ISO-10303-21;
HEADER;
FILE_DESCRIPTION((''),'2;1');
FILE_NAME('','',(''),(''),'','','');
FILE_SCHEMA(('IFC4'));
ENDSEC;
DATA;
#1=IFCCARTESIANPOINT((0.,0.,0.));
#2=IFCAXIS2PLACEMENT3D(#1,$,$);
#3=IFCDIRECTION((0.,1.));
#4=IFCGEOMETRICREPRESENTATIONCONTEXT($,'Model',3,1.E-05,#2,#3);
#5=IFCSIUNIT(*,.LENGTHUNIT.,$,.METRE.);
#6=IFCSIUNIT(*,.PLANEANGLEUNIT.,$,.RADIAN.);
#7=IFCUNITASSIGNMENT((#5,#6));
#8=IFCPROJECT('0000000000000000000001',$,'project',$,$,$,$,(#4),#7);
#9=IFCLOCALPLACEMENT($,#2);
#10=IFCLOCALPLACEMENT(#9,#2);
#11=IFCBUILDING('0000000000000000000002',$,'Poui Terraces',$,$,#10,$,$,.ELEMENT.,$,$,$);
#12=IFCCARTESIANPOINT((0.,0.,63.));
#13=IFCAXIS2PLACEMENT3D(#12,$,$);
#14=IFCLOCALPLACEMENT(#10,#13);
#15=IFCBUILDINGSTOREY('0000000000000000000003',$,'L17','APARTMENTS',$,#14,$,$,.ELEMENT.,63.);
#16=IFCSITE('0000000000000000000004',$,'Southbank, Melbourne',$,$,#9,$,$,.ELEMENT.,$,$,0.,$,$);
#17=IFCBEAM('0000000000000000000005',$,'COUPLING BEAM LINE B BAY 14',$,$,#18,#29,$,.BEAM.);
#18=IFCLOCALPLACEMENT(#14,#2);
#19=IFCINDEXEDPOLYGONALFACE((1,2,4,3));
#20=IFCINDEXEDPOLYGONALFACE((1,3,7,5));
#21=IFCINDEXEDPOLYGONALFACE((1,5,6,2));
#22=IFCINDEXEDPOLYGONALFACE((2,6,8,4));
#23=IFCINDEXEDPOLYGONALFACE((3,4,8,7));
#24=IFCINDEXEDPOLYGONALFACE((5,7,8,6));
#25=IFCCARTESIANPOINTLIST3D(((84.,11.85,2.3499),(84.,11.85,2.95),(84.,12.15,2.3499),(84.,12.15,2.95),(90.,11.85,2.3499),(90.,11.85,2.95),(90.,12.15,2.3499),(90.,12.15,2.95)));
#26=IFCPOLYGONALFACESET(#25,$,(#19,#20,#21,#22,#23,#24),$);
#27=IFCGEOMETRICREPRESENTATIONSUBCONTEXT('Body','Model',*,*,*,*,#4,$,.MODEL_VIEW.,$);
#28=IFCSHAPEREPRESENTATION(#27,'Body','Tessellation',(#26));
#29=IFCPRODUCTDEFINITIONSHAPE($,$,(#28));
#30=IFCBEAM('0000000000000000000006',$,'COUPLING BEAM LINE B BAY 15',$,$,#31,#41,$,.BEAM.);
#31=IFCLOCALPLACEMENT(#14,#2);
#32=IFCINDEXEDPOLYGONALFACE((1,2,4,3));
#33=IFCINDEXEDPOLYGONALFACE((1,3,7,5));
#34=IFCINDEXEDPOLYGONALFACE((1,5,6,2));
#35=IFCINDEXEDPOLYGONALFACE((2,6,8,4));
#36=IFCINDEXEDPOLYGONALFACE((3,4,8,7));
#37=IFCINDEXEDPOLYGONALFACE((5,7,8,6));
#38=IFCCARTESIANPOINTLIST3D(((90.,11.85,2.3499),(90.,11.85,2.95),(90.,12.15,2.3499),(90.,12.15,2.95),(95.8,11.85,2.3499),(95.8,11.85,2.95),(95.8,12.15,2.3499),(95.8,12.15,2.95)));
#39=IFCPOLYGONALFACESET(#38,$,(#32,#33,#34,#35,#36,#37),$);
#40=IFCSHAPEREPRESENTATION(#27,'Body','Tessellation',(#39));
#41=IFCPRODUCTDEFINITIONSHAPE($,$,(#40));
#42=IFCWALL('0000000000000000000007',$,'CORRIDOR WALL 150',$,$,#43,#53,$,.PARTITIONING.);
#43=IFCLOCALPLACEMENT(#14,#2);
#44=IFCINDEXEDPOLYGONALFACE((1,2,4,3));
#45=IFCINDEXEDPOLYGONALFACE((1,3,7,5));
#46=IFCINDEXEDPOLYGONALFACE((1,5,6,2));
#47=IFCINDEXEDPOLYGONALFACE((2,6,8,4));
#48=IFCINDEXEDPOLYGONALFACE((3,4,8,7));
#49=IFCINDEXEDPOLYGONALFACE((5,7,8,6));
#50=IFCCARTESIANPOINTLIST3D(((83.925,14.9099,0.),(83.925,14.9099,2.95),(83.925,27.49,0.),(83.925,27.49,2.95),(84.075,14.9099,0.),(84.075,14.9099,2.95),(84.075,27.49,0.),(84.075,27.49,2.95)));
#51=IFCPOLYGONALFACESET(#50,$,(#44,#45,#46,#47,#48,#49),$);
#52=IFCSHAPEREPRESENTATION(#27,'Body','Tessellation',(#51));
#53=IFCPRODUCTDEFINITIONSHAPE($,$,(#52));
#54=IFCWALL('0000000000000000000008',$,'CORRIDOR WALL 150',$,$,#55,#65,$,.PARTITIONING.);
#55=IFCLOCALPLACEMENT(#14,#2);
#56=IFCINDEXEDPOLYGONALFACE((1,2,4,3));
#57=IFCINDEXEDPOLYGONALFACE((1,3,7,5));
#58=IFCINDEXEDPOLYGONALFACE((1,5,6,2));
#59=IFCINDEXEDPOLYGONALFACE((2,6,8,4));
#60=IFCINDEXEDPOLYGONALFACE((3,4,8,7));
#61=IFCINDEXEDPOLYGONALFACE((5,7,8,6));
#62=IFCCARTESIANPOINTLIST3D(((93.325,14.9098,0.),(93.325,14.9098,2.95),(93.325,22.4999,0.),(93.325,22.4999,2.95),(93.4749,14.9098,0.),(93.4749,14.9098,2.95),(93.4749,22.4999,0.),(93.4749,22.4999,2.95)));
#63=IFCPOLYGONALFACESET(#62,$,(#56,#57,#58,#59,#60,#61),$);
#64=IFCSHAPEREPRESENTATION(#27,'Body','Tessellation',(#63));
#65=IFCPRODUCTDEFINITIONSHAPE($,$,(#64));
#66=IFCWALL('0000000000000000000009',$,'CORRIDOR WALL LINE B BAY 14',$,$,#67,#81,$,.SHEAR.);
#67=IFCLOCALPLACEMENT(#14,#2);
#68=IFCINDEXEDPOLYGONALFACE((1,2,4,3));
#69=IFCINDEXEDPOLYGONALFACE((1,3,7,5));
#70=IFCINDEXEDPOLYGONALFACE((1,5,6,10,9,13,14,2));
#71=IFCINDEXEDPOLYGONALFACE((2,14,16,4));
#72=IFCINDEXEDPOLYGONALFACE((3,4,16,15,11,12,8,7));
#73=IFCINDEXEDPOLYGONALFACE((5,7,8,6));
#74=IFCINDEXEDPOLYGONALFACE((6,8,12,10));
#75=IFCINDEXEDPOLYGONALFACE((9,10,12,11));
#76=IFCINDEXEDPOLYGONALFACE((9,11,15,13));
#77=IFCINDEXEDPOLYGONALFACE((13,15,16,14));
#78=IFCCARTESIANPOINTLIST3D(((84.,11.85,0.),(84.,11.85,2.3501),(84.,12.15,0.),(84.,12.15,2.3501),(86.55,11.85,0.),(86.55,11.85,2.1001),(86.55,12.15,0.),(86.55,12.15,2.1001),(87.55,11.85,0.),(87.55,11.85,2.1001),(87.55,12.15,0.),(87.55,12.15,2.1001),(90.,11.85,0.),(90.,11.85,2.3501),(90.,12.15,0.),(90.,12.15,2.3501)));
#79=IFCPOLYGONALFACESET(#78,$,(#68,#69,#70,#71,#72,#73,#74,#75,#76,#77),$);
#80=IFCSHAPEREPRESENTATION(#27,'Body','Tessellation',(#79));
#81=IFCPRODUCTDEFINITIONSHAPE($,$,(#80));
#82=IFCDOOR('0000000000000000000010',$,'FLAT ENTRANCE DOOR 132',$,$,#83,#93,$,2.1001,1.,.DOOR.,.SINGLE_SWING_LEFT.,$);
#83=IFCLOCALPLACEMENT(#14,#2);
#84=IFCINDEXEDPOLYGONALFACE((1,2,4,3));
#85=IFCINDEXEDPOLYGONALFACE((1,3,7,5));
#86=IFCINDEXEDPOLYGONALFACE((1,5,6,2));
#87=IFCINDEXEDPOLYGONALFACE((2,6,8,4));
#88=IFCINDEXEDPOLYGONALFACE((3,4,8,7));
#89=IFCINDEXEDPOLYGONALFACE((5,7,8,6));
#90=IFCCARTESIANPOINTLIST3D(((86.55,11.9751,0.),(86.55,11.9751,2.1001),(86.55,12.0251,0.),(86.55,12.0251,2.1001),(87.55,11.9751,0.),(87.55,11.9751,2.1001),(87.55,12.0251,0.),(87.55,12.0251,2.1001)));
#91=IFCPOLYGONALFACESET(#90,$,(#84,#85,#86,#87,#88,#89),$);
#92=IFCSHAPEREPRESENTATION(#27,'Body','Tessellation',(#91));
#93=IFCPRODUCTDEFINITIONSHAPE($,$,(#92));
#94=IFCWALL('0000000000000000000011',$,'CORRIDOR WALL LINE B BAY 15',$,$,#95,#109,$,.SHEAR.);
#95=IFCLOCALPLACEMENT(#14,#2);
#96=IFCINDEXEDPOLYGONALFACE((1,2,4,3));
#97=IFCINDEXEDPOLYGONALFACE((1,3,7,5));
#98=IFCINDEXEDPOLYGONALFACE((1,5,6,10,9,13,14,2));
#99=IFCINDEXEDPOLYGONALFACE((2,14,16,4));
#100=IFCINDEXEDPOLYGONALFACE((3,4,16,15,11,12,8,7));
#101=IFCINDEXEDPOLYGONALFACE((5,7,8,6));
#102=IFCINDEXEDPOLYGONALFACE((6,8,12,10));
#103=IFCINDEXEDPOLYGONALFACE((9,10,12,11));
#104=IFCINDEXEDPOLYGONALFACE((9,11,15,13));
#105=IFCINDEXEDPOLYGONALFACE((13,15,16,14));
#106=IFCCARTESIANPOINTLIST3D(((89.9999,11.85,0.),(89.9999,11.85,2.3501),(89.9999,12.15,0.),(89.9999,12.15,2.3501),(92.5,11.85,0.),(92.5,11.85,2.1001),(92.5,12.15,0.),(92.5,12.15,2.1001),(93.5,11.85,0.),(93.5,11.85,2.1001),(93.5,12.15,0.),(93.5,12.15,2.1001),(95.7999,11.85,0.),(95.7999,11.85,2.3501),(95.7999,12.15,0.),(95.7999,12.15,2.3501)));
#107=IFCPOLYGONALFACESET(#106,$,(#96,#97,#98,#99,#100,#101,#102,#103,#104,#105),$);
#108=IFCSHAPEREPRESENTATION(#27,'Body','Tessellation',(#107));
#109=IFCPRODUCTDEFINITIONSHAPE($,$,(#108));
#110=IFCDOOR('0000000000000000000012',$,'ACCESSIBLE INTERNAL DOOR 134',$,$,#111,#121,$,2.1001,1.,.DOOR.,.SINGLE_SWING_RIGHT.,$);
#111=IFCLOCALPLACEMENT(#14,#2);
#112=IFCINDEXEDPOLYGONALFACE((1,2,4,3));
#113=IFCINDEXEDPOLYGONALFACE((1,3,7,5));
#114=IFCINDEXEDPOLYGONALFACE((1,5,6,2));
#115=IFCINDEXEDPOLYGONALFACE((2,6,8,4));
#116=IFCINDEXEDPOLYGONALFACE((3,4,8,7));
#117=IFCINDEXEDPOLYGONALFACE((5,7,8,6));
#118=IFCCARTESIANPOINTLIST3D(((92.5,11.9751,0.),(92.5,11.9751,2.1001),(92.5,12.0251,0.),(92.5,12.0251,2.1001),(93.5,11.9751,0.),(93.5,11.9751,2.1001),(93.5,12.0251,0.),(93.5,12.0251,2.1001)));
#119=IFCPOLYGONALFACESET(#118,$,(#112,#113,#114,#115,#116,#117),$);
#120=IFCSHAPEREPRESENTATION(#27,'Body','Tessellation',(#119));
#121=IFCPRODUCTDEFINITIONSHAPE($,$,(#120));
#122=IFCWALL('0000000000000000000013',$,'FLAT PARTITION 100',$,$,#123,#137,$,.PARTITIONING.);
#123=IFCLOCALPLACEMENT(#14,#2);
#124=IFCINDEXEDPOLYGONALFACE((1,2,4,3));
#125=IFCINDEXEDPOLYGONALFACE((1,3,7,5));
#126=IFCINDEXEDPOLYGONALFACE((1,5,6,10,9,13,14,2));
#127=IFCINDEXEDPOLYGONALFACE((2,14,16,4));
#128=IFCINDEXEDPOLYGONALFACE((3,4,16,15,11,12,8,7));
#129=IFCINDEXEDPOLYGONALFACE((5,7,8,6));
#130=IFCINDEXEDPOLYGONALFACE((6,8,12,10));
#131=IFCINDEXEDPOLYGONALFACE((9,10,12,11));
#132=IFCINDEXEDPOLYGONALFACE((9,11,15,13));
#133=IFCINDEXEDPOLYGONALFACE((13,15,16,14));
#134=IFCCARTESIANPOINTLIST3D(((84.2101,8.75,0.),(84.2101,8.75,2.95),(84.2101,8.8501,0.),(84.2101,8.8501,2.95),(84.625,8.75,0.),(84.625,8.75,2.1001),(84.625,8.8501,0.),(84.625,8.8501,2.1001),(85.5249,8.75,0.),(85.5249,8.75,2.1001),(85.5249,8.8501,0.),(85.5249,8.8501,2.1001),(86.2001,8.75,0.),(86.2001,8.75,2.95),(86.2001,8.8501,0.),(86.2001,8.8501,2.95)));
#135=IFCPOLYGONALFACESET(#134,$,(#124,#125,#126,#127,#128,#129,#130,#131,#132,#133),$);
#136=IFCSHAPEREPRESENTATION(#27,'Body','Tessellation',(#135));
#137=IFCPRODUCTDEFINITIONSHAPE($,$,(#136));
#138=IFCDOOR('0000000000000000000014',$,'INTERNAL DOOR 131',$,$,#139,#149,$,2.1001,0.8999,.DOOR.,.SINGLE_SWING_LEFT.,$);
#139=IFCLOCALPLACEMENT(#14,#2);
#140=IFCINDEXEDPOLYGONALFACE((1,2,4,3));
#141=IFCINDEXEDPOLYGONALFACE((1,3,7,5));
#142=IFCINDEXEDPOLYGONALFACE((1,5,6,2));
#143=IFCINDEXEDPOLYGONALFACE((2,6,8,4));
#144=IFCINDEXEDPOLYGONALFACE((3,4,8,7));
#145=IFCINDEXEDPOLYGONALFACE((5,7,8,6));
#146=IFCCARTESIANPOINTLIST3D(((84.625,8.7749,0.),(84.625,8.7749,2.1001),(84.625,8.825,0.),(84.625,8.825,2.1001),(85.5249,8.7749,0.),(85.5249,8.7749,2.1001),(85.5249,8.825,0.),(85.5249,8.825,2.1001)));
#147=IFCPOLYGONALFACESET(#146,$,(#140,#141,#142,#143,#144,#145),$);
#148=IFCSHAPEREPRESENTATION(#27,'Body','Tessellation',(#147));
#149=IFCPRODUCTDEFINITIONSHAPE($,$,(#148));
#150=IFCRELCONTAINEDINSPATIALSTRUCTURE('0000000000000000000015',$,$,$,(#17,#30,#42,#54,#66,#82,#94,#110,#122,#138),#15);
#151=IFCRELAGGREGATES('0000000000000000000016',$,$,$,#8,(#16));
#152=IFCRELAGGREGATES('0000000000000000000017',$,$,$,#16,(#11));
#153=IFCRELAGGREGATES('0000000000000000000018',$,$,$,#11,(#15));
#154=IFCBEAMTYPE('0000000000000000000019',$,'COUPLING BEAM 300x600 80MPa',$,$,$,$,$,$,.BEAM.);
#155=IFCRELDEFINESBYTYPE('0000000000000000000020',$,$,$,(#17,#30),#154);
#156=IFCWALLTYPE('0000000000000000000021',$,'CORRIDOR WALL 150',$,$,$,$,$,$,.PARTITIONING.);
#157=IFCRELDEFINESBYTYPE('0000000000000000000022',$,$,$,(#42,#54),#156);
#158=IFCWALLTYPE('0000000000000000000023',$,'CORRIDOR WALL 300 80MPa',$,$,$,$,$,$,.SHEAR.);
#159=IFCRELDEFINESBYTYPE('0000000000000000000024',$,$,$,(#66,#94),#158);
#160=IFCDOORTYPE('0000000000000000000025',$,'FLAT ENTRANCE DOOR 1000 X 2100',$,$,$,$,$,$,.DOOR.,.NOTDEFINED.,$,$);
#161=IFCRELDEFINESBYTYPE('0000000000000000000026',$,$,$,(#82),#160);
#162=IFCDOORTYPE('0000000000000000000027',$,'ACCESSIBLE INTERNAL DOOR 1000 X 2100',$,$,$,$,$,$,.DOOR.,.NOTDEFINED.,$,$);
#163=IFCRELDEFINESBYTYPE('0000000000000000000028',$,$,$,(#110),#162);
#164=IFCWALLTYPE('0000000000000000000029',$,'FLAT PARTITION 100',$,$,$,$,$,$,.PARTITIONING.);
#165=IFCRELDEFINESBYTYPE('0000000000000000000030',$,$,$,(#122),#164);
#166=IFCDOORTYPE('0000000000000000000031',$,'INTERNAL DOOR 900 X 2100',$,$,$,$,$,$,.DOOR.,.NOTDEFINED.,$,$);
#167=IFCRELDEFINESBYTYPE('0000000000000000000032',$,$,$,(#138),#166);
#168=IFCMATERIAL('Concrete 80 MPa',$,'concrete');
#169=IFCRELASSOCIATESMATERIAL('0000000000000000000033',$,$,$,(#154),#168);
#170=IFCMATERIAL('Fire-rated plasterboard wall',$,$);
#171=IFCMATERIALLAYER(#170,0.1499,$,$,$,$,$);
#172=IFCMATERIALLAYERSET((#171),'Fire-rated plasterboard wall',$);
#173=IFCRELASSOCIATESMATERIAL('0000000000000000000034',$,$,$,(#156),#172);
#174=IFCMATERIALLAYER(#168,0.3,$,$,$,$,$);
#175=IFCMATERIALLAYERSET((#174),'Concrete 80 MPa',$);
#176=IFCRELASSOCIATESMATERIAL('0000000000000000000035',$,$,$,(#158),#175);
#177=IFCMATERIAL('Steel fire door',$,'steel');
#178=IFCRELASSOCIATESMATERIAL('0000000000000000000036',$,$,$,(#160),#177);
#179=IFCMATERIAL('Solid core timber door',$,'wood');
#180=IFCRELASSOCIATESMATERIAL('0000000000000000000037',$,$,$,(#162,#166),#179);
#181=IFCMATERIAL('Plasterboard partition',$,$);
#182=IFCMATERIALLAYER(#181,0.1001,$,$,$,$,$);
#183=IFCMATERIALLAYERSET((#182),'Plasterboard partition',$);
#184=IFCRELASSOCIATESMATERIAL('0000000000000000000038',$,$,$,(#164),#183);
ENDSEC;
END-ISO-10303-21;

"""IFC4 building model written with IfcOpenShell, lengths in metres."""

from ifc_helpers import new_model, si_unit, direction, frame, frame_2d, origin, origin_2d, place, context, subcontext, project, spatial, rectangle, extrude, source, transform, mapped, material, layer, layer_set, material_profile, profile_set, type_object, element, fill, save


model = new_model("IFC4")

# Units and contexts
model_context = context("Model", 3, precision=1e-05, world=origin(), true_north=direction((0.0, 1.0)))
body_context = subcontext(model_context, "Body", "Model", "MODEL_VIEW")
ifc_project = project(units=[si_unit("LENGTHUNIT", "METRE"), si_unit("PLANEANGLEUNIT", "RADIAN")], contexts=[model_context])

# Site, building, storey
site_placement = place(None, origin())
site = spatial("IfcSite", under=ifc_project, at=site_placement, Name="Southbank, Melbourne", CompositionType="ELEMENT", RefElevation=0.0)
building_placement = place(site_placement, origin())
building = spatial("IfcBuilding", under=site, at=building_placement, Name="Poui Terraces", CompositionType="ELEMENT")
storey_placement = place(building_placement, frame((0.0, 0.0, 63.0)))
storey = spatial("IfcBuildingStorey", under=building, at=storey_placement, Name="L17", Description="APARTMENTS", CompositionType="ELEMENT", Elevation=63.0)

# Beams
ifc_material_1 = material(Name="Concrete 80 MPa", Category="concrete")
ifc_material_profile = material_profile(ifc_material_1, rectangle(XDim=0.3, YDim=0.6001, at=origin_2d()), Name="RC 300x600")
ifc_profile_set = profile_set([ifc_material_profile], Name="Concrete 80 MPa")
beam_type = type_object("IfcBeamType", Name="COUPLING BEAM 300x600 80MPa", PredefinedType="BEAM", material=ifc_profile_set)
shared_shape_1 = source(origin(), body_context, "Body", "SweptSolid", [
    extrude(rectangle(XDim=0.3, YDim=0.6001, at=origin_2d()), origin(), (0.0, 0.0, 1.0), 6.0),
])
beam_1_placement = place(storey_placement, frame((84.0, 12.0, 2.6499), z_axis=(1.0, 0.0, 0.0), x_axis=(0.0, 1.0, 0.0)))
element("IfcBeam", 1, at=beam_1_placement, inside=storey, type_object=beam_type, Name="COUPLING BEAM LINE B BAY 14", PredefinedType="BEAM", context=body_context, shape_type="MappedRepresentation", body=[
    mapped(shared_shape_1, transform((0.0, 0.0, 0.0))),
])
shared_shape_2 = source(origin(), body_context, "Body", "SweptSolid", [
    extrude(rectangle(XDim=0.3, YDim=0.6001, at=origin_2d()), origin(), (0.0, 0.0, 1.0), 5.8),
])
beam_2_placement = place(storey_placement, frame((90.0, 12.0, 2.6499), z_axis=(1.0, 0.0, 0.0), x_axis=(0.0, 1.0, 0.0)))
element("IfcBeam", 2, at=beam_2_placement, inside=storey, type_object=beam_type, Name="COUPLING BEAM LINE B BAY 15", PredefinedType="BEAM", context=body_context, shape_type="MappedRepresentation", body=[
    mapped(shared_shape_2, transform((0.0, 0.0, 0.0))),
])

# Walls
ifc_material_2 = material(Name="Fire-rated plasterboard wall")
ifc_layer_1 = layer(ifc_material_2, 0.1499)
ifc_layer_set_1 = layer_set([ifc_layer_1], Name="Fire-rated plasterboard wall")
wall_type_1 = type_object("IfcWallType", Name="CORRIDOR WALL 150", PredefinedType="PARTITIONING", material=ifc_layer_set_1)
wall_1_placement = place(storey_placement, frame((84.0, 14.9099, 0.0), z_axis=(0.0, 0.0, 1.0), x_axis=(0.0, 1.0, 0.0)))
element("IfcWall", 3, at=wall_1_placement, inside=storey, type_object=wall_type_1, Name="CORRIDOR WALL 150", PredefinedType="PARTITIONING", context=body_context, shape_type="SweptSolid", body=[
    extrude(rectangle(XDim=12.5801, YDim=0.1499, at=frame_2d((6.29, 0.0))), origin(), (0.0, 0.0, 1.0), 2.95),
])
wall_2_placement = place(storey_placement, frame((93.3999, 14.9099, 0.0), z_axis=(0.0, 0.0, 1.0), x_axis=(0.0, 1.0, 0.0)))
element("IfcWall", 4, at=wall_2_placement, inside=storey, type_object=wall_type_1, Name="CORRIDOR WALL 150", PredefinedType="PARTITIONING", context=body_context, shape_type="SweptSolid", body=[
    extrude(rectangle(XDim=7.5901, YDim=0.1499, at=frame_2d((3.7949, 0.0))), origin(), (0.0, 0.0, 1.0), 2.95),
])

# Walls, openings, doors
ifc_layer_2 = layer(ifc_material_1, 0.3)
ifc_layer_set_2 = layer_set([ifc_layer_2], Name="Concrete 80 MPa")
wall_type_2 = type_object("IfcWallType", Name="CORRIDOR WALL 300 80MPa", PredefinedType="SHEAR", material=ifc_layer_set_2)
wall_3_placement = place(storey_placement, frame((84.0, 12.0, 0.0), z_axis=(0.0, 0.0, 1.0), x_axis=(1.0, 0.0, 0.0)))
wall_3 = element("IfcWall", 5, at=wall_3_placement, inside=storey, type_object=wall_type_2, Name="CORRIDOR WALL LINE B BAY 14", PredefinedType="SHEAR", context=body_context, shape_type="SweptSolid", body=[
    extrude(rectangle(XDim=6.0, YDim=0.3, at=frame_2d((3.0, 0.0))), origin(), (0.0, 0.0, 1.0), 2.3501),
])
opening_1_placement = place(wall_3_placement, frame((2.55, 0.0, 0.0)))
opening_1 = element("IfcOpeningElement", 6, at=opening_1_placement, cuts=wall_3, PredefinedType="OPENING", context=body_context, shape_type="SweptSolid", body=[
    extrude(rectangle(XDim=1.0, YDim=2.1001, at=frame_2d((0.5, 1.05))), frame((0.0, 0.1602, 0.0), z_axis=(0.0, -1.0, 0.0), x_axis=(1.0, 0.0, 0.0)), (0.0, 0.0, 1.0), 0.3201),
])
ifc_material_3 = material(Name="Steel fire door", Category="steel")
door_type_1 = type_object("IfcDoorType", Name="FLAT ENTRANCE DOOR 1000 X 2100", OperationType="NOTDEFINED", PredefinedType="DOOR", material=ifc_material_3)
door_1_placement = place(opening_1_placement, frame((1.0, 0.0, 0.0), z_axis=(0.0, 0.0, 1.0), x_axis=(-1.0, 0.0, 0.0)))
door_1 = element("IfcDoor", 7, at=door_1_placement, inside=storey, type_object=door_type_1, Name="FLAT ENTRANCE DOOR 132", OperationType="SINGLE_SWING_LEFT", OverallHeight=2.1001, OverallWidth=1.0, PredefinedType="DOOR", context=body_context, shape_type="SweptSolid", body=[
    extrude(rectangle(XDim=1.0, YDim=2.1001, at=frame_2d((0.5, 1.05))), frame((0.0, 0.0249, 0.0), z_axis=(0.0, -1.0, 0.0), x_axis=(1.0, 0.0, 0.0)), (0.0, 0.0, 1.0), 0.05),
])
fill(opening_1, door_1)
wall_4_placement = place(storey_placement, frame((90.0, 12.0, 0.0), z_axis=(0.0, 0.0, 1.0), x_axis=(1.0, 0.0, 0.0)))
wall_4 = element("IfcWall", 8, at=wall_4_placement, inside=storey, type_object=wall_type_2, Name="CORRIDOR WALL LINE B BAY 15", PredefinedType="SHEAR", context=body_context, shape_type="SweptSolid", body=[
    extrude(rectangle(XDim=5.8, YDim=0.3, at=frame_2d((2.8999, 0.0))), origin(), (0.0, 0.0, 1.0), 2.3501),
])
opening_2_placement = place(wall_4_placement, frame((2.5, 0.0, 0.0)))
opening_2 = element("IfcOpeningElement", 9, at=opening_2_placement, cuts=wall_4, PredefinedType="OPENING", context=body_context, shape_type="SweptSolid", body=[
    extrude(rectangle(XDim=1.0, YDim=2.1001, at=frame_2d((0.5, 1.05))), frame((0.0, 0.1602, 0.0), z_axis=(0.0, -1.0, 0.0), x_axis=(1.0, 0.0, 0.0)), (0.0, 0.0, 1.0), 0.3201),
])
ifc_material_4 = material(Name="Solid core timber door", Category="wood")
door_type_2 = type_object("IfcDoorType", Name="ACCESSIBLE INTERNAL DOOR 1000 X 2100", OperationType="NOTDEFINED", PredefinedType="DOOR", material=ifc_material_4)
door_2_placement = place(opening_2_placement, frame((1.0, 0.0, 0.0), z_axis=(0.0, 0.0, 1.0), x_axis=(-1.0, 0.0, 0.0)))
door_2 = element("IfcDoor", 10, at=door_2_placement, inside=storey, type_object=door_type_2, Name="ACCESSIBLE INTERNAL DOOR 134", OperationType="SINGLE_SWING_RIGHT", OverallHeight=2.1001, OverallWidth=1.0, PredefinedType="DOOR", context=body_context, shape_type="SweptSolid", body=[
    extrude(rectangle(XDim=1.0, YDim=2.1001, at=frame_2d((0.5, 1.05))), frame((0.0, 0.0249, 0.0), z_axis=(0.0, -1.0, 0.0), x_axis=(1.0, 0.0, 0.0)), (0.0, 0.0, 1.0), 0.05),
])
fill(opening_2, door_2)
ifc_material_5 = material(Name="Plasterboard partition")
ifc_layer_3 = layer(ifc_material_5, 0.1001)
ifc_layer_set_3 = layer_set([ifc_layer_3], Name="Plasterboard partition")
wall_type_3 = type_object("IfcWallType", Name="FLAT PARTITION 100", PredefinedType="PARTITIONING", material=ifc_layer_set_3)
wall_5_placement = place(storey_placement, frame((84.21, 8.8, 0.0), z_axis=(0.0, 0.0, 1.0), x_axis=(1.0, 0.0, 0.0)))
wall_5 = element("IfcWall", 11, at=wall_5_placement, inside=storey, type_object=wall_type_3, Name="FLAT PARTITION 100", PredefinedType="PARTITIONING", context=body_context, shape_type="SweptSolid", body=[
    extrude(rectangle(XDim=1.99, YDim=0.1001, at=frame_2d((0.9951, 0.0))), origin(), (0.0, 0.0, 1.0), 2.95),
])
opening_3_placement = place(wall_5_placement, frame((0.415, 0.0, 0.0)))
opening_3 = element("IfcOpeningElement", 12, at=opening_3_placement, cuts=wall_5, PredefinedType="OPENING", context=body_context, shape_type="SweptSolid", body=[
    extrude(rectangle(XDim=0.8999, YDim=2.1001, at=frame_2d((0.45, 1.05))), frame((0.0, 0.0601, 0.0), z_axis=(0.0, -1.0, 0.0), x_axis=(1.0, 0.0, 0.0)), (0.0, 0.0, 1.0), 0.1201),
])
door_type_3 = type_object("IfcDoorType", Name="INTERNAL DOOR 900 X 2100", OperationType="NOTDEFINED", PredefinedType="DOOR", material=ifc_material_4)
door_3_placement = place(opening_3_placement, origin())
door_3 = element("IfcDoor", 13, at=door_3_placement, inside=storey, type_object=door_type_3, Name="INTERNAL DOOR 131", OperationType="SINGLE_SWING_LEFT", OverallHeight=2.1001, OverallWidth=0.8999, PredefinedType="DOOR", context=body_context, shape_type="SweptSolid", body=[
    extrude(rectangle(XDim=0.8999, YDim=2.1001, at=frame_2d((0.45, 1.05))), frame((0.0, 0.0249, 0.0), z_axis=(0.0, -1.0, 0.0), x_axis=(1.0, 0.0, 0.0)), (0.0, 0.0, 1.0), 0.05),
])
fill(opening_3, door_3)

save(model, "model.ifc")
